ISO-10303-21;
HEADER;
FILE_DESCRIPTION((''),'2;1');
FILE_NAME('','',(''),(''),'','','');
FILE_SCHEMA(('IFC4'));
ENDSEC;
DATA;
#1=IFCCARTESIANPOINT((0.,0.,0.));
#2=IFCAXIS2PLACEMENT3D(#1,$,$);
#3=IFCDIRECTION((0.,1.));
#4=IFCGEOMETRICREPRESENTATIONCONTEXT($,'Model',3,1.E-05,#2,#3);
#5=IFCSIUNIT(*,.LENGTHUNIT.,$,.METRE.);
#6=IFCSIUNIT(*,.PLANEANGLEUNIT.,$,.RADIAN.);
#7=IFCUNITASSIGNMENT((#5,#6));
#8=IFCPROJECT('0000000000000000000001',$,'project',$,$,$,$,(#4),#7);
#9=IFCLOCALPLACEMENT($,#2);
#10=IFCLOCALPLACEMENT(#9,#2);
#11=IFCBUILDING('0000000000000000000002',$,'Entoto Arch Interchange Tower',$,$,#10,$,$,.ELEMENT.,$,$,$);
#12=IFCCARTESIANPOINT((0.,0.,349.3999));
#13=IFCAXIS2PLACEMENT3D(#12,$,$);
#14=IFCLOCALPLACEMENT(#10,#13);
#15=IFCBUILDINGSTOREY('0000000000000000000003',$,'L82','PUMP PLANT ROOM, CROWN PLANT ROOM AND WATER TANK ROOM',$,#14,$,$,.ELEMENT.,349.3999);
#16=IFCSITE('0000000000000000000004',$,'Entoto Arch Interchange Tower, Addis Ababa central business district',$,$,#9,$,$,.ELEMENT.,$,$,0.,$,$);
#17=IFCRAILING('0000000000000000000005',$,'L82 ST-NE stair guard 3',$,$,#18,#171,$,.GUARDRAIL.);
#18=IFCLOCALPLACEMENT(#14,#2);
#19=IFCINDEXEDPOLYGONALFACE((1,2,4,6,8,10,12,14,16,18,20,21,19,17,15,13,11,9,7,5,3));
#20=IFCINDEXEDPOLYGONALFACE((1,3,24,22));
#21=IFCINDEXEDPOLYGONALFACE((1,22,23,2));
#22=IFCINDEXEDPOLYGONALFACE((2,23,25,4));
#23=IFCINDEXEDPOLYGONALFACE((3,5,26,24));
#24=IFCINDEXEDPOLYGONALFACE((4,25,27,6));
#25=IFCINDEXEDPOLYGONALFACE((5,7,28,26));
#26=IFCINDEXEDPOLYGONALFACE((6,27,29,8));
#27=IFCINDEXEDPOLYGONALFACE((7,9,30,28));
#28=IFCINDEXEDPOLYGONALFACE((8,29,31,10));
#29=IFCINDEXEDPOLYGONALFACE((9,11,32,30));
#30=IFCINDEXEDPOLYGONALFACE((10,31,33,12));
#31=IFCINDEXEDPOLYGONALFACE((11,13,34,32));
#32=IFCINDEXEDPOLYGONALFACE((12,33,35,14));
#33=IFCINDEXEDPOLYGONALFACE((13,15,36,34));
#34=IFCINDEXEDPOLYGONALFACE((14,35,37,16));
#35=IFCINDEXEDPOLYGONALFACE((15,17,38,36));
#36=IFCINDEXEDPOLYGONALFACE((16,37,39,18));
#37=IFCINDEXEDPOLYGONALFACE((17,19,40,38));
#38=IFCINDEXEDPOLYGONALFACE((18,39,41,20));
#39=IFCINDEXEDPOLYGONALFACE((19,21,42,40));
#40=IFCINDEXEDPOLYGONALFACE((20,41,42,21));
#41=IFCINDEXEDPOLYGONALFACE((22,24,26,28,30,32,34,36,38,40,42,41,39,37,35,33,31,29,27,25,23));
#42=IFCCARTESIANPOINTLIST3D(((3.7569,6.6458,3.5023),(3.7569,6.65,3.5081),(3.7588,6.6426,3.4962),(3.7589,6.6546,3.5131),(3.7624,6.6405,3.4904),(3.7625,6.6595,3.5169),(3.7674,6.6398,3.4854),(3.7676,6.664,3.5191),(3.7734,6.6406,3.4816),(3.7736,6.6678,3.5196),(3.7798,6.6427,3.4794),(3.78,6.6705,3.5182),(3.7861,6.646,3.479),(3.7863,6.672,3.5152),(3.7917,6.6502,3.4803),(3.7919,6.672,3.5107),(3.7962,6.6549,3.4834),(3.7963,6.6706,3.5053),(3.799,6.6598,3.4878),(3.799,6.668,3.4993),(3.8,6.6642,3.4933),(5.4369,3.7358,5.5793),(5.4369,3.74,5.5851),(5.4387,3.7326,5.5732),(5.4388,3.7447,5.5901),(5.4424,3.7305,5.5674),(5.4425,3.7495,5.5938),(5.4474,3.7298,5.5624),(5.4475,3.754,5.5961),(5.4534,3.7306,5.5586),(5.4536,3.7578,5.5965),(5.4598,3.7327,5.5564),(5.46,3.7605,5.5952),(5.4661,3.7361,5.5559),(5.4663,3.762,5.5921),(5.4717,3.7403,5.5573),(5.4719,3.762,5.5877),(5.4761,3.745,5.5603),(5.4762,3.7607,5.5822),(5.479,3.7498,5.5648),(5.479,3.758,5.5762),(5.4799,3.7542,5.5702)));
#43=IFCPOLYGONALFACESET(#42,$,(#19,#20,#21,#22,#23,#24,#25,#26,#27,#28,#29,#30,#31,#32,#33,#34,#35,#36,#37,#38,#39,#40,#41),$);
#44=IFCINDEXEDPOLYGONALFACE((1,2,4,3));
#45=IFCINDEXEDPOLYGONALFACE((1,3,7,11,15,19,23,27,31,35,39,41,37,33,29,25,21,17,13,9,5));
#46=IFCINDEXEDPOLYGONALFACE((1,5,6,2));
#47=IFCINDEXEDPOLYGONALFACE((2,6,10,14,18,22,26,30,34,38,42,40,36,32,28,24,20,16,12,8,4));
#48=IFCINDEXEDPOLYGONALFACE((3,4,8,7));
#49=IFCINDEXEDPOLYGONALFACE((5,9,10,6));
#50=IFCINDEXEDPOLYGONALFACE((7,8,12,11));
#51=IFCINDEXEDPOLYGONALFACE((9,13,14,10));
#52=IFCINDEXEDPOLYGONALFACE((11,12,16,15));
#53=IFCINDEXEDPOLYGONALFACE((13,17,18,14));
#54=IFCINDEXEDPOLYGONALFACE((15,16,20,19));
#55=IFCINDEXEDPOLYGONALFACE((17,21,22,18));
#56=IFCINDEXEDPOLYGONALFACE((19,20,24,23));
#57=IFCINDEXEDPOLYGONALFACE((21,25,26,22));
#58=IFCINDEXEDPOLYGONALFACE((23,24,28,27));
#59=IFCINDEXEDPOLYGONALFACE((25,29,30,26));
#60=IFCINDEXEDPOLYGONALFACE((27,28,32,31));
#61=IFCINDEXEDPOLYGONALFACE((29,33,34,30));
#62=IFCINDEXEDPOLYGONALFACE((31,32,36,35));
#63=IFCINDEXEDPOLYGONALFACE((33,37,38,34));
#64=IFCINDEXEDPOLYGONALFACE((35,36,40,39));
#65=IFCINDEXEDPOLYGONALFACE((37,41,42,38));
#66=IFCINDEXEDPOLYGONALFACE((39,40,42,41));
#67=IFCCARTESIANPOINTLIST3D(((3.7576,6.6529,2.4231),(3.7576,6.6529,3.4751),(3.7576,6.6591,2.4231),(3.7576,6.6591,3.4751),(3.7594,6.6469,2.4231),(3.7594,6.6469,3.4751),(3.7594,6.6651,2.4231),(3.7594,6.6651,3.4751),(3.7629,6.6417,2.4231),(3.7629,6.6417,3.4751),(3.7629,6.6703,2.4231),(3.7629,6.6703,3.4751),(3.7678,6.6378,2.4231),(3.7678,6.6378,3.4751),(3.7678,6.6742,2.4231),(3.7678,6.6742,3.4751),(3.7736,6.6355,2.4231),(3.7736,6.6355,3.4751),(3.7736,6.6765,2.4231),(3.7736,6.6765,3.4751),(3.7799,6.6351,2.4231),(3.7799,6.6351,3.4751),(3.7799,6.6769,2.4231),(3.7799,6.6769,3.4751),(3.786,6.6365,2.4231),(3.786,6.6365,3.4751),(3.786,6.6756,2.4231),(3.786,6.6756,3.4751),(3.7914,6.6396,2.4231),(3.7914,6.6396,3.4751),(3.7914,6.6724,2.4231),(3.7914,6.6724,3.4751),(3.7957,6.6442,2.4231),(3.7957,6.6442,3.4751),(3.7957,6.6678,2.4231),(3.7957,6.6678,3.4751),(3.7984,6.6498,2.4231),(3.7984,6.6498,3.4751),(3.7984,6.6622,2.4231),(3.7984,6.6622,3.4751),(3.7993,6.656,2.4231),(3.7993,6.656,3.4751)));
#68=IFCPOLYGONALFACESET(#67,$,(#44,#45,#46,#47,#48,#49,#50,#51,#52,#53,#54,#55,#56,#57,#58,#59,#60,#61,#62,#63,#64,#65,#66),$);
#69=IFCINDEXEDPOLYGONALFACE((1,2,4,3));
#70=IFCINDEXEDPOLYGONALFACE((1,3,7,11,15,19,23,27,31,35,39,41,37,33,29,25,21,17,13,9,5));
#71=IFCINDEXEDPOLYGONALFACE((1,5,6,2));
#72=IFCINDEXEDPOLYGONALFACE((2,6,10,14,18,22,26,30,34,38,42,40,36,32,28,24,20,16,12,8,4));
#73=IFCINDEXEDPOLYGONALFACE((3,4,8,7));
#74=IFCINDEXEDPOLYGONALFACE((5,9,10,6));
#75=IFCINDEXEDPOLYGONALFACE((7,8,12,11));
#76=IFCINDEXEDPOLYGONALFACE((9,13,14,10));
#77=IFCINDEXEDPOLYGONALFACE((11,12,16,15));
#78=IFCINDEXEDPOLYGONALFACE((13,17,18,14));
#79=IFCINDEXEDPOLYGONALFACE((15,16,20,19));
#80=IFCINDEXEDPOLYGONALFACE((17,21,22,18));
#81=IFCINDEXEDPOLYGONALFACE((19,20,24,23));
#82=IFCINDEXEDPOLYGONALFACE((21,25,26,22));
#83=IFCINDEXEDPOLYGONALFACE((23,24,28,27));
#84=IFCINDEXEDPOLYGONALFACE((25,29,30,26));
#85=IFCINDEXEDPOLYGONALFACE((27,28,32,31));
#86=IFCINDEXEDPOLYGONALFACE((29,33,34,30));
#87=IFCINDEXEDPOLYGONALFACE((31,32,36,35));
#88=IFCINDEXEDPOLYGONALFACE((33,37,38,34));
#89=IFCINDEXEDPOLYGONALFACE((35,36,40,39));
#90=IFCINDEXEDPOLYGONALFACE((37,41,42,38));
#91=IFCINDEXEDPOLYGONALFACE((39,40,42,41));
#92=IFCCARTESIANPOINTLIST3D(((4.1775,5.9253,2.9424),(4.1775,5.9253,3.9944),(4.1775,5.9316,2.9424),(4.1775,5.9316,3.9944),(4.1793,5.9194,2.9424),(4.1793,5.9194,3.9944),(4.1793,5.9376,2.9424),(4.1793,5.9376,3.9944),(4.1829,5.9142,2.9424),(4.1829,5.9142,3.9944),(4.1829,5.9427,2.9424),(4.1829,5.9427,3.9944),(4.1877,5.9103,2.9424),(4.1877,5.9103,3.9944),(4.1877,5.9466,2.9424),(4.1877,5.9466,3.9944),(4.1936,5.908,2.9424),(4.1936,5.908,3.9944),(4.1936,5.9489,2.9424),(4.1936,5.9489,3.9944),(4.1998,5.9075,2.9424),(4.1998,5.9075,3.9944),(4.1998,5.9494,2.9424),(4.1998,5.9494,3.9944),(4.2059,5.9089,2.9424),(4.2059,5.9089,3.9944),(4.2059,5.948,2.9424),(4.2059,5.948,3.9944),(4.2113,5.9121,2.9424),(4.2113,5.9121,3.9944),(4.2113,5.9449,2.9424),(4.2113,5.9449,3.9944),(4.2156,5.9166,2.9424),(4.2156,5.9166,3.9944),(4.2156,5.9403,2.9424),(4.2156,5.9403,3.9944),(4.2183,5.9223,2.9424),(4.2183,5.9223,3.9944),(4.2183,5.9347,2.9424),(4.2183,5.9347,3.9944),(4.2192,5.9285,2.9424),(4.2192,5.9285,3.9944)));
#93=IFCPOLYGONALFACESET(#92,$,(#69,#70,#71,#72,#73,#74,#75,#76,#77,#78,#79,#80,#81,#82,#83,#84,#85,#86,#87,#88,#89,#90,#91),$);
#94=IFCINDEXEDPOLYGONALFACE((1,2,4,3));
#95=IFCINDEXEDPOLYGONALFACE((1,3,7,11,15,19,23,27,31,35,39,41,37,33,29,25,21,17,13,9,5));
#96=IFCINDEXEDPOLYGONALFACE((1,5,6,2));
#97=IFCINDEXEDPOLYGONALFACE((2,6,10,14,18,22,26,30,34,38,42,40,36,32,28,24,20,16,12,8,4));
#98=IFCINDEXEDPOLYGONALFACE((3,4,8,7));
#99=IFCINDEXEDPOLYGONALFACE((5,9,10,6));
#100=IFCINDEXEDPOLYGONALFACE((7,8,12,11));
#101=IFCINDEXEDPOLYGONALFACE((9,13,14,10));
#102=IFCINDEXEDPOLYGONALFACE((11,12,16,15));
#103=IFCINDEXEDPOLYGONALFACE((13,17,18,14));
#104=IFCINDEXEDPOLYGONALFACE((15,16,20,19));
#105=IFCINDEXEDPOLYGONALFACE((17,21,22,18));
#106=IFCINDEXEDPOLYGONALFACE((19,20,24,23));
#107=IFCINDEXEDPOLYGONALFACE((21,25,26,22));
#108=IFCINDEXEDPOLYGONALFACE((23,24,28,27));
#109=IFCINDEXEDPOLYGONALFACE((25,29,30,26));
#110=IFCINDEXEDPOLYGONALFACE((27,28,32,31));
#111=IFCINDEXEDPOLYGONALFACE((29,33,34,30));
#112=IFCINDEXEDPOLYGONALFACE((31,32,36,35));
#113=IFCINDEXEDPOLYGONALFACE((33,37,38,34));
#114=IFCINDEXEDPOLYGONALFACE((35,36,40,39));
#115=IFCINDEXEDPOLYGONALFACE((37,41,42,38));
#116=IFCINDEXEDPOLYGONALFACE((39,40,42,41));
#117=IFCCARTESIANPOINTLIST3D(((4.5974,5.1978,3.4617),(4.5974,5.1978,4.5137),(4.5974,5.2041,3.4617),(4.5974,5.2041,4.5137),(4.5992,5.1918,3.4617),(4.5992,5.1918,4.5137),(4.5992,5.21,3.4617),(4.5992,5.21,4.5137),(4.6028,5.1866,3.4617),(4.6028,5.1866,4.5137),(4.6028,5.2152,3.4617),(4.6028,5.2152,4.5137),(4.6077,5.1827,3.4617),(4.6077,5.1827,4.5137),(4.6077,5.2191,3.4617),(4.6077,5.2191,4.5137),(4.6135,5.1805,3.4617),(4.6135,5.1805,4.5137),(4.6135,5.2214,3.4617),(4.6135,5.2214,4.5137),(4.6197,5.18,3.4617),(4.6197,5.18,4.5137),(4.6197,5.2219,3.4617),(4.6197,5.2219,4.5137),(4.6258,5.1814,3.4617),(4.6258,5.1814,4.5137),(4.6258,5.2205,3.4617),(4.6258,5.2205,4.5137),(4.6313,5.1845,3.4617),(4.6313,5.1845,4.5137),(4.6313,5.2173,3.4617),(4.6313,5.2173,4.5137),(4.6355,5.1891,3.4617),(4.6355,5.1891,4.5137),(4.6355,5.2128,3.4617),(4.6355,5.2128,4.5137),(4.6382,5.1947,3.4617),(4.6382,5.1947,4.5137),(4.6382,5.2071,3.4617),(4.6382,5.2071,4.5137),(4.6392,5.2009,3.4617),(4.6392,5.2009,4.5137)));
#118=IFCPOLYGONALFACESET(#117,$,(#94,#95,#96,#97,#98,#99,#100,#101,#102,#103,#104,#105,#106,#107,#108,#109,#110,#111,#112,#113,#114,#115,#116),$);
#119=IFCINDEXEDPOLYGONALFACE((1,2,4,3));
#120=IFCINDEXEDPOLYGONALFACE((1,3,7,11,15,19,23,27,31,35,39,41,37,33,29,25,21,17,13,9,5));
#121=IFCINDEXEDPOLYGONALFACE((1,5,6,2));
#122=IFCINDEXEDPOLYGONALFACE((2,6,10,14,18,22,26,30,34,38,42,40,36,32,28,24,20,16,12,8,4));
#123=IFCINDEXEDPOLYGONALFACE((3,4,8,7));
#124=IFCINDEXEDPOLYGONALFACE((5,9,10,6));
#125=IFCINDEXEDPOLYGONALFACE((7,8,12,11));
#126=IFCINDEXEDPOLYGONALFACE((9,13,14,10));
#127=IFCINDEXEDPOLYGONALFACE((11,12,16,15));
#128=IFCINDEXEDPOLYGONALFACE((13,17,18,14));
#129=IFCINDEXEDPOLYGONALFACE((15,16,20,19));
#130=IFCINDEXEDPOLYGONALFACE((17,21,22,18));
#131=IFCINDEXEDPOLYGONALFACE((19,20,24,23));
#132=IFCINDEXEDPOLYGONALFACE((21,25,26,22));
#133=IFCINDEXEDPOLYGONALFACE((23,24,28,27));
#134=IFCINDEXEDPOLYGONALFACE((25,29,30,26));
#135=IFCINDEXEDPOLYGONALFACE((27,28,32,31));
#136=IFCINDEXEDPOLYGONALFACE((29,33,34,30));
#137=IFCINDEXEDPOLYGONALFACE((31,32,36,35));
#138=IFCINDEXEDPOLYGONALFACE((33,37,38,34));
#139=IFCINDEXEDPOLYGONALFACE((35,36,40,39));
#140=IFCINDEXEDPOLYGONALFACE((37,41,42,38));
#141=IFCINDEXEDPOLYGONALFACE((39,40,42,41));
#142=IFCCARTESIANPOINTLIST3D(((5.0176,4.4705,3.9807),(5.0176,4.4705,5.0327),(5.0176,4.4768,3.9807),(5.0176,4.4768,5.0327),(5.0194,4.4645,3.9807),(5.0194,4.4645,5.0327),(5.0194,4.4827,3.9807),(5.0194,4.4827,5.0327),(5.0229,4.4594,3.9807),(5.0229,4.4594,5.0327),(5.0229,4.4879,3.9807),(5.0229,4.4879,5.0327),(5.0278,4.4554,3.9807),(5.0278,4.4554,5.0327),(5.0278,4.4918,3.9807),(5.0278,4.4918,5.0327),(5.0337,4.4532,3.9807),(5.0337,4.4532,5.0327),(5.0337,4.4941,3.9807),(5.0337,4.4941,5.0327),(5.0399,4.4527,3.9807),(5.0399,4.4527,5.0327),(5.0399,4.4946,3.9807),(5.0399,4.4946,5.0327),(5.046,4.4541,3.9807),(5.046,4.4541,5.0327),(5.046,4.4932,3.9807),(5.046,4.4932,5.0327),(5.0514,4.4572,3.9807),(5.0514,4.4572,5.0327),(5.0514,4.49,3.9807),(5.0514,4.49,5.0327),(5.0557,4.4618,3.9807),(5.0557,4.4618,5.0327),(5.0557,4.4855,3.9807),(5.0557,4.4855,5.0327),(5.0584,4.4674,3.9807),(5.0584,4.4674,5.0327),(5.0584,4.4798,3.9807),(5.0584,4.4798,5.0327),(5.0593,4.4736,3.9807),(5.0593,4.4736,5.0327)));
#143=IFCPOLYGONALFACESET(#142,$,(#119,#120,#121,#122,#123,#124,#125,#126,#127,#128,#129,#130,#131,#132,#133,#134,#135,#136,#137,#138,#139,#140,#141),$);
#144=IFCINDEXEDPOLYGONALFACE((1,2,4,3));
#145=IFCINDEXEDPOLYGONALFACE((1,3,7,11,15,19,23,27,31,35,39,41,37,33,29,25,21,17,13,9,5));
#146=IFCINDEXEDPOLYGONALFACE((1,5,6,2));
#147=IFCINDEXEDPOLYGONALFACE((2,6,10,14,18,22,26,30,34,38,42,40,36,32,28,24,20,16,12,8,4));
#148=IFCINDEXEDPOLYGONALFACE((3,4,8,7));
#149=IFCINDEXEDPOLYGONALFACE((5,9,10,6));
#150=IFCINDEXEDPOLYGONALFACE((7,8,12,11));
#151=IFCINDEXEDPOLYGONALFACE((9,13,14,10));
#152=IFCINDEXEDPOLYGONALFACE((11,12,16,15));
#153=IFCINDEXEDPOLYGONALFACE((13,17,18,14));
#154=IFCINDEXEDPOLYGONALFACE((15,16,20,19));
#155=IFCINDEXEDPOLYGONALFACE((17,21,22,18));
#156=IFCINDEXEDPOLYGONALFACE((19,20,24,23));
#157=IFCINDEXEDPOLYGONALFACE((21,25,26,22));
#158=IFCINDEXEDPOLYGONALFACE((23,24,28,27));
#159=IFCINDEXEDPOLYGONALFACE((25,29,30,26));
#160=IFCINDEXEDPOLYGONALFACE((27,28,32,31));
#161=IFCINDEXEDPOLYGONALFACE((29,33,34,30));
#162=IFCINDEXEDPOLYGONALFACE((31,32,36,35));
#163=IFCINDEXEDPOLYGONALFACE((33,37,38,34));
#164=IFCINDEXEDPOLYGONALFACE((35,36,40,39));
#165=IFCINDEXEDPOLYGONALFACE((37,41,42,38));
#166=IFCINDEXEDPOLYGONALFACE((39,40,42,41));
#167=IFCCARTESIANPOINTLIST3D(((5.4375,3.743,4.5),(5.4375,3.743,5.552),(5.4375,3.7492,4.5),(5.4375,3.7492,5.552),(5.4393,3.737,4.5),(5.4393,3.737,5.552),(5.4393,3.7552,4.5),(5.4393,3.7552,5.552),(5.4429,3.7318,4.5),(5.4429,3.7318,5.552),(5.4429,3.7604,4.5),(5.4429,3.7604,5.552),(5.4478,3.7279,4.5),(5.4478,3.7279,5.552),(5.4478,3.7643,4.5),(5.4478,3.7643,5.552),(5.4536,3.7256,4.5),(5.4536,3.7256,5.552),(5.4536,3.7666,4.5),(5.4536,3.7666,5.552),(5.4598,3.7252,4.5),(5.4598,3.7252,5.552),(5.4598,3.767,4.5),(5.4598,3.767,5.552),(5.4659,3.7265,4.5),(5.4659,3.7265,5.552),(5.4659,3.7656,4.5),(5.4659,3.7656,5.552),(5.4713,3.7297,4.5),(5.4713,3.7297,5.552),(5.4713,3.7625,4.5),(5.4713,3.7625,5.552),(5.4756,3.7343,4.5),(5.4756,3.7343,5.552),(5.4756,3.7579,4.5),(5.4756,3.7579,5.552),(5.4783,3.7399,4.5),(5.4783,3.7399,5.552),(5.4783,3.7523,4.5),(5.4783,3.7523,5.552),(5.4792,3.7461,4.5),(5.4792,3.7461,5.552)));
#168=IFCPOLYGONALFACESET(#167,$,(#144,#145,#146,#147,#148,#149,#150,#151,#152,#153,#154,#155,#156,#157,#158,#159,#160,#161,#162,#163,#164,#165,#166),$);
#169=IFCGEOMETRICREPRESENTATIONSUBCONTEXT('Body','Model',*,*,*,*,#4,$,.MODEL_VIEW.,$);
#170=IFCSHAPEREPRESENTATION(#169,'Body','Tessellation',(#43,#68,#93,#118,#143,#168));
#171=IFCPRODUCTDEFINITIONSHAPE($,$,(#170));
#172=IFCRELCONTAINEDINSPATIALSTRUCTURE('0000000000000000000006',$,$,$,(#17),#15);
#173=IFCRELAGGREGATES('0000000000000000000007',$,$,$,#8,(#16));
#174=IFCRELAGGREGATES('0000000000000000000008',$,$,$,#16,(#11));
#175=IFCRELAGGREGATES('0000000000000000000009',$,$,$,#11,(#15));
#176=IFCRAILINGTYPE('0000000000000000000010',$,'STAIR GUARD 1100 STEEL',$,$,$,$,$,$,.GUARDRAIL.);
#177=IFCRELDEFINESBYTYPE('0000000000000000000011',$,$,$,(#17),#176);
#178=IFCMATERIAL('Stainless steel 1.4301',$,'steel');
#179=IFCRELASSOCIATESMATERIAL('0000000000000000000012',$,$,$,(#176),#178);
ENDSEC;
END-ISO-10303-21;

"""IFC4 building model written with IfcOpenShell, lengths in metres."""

from ifc_helpers import new_model, si_unit, direction, frame, origin, origin_2d, place, context, subcontext, project, spatial, circle, extrude, material, type_object, element, save


model = new_model("IFC4")

# Units and contexts
model_context = context("Model", 3, precision=1e-05, world=origin(), true_north=direction((0.0, 1.0)))
body_context = subcontext(model_context, "Body", "Model", "MODEL_VIEW")
ifc_project = project(units=[si_unit("LENGTHUNIT", "METRE"), si_unit("PLANEANGLEUNIT", "RADIAN")], contexts=[model_context])

# Site, building, storey
site_placement = place(None, origin())
site = spatial("IfcSite", under=ifc_project, at=site_placement, Name="Entoto Arch Interchange Tower, Addis Ababa central business district", CompositionType="ELEMENT", RefElevation=0.0)
building_placement = place(site_placement, origin())
building = spatial("IfcBuilding", under=site, at=building_placement, Name="Entoto Arch Interchange Tower", CompositionType="ELEMENT")
storey_placement = place(building_placement, frame((0.0, 0.0, 349.3999)))
storey = spatial("IfcBuildingStorey", under=building, at=storey_placement, Name="L82", Description="PUMP PLANT ROOM, CROWN PLANT ROOM AND WATER TANK ROOM", CompositionType="ELEMENT", Elevation=349.3999)

# Railing
ifc_material_1 = material(Name="Stainless steel 1.4301", Category="steel")
railing_type_1 = type_object("IfcRailingType", Name="STAIR GUARD 1100 STEEL", PredefinedType="GUARDRAIL", material=ifc_material_1)
railing_1_placement = place(storey_placement, frame((3.7783, 6.656, 2.4231)))
element("IfcRailing", 1, at=railing_1_placement, inside=storey, type_object=railing_type_1, Name="L82 ST-NE stair guard 3", PredefinedType="GUARDRAIL", context=body_context, shape_type="SweptSolid", body=[
    extrude(circle(Radius=0.0239, at=origin_2d()), frame((0.0, 0.0, 1.0762), z_axis=(0.425288, -0.736668, 0.525785), x_axis=(0.866039, 0.499976, 0.0)), (0.0, 0.0, 1.0), 3.9502),
    extrude(circle(Radius=0.021, at=origin_2d()), origin(), (0.0, 0.0, 1.0), 1.052),
    extrude(circle(Radius=0.021, at=origin_2d()), frame((0.4199, -0.7275, 0.5193)), (0.0, 0.0, 1.0), 1.052),
    extrude(circle(Radius=0.021, at=origin_2d()), frame((0.8398, -1.4551, 1.0386)), (0.0, 0.0, 1.0), 1.052),
    extrude(circle(Radius=0.021, at=origin_2d()), frame((1.26, -2.1824, 1.5576)), (0.0, 0.0, 1.0), 1.052),
    extrude(circle(Radius=0.021, at=origin_2d()), frame((1.6799, -2.9099, 2.0769)), (0.0, 0.0, 1.0), 1.052),
])

save(model, "model.ifc")
